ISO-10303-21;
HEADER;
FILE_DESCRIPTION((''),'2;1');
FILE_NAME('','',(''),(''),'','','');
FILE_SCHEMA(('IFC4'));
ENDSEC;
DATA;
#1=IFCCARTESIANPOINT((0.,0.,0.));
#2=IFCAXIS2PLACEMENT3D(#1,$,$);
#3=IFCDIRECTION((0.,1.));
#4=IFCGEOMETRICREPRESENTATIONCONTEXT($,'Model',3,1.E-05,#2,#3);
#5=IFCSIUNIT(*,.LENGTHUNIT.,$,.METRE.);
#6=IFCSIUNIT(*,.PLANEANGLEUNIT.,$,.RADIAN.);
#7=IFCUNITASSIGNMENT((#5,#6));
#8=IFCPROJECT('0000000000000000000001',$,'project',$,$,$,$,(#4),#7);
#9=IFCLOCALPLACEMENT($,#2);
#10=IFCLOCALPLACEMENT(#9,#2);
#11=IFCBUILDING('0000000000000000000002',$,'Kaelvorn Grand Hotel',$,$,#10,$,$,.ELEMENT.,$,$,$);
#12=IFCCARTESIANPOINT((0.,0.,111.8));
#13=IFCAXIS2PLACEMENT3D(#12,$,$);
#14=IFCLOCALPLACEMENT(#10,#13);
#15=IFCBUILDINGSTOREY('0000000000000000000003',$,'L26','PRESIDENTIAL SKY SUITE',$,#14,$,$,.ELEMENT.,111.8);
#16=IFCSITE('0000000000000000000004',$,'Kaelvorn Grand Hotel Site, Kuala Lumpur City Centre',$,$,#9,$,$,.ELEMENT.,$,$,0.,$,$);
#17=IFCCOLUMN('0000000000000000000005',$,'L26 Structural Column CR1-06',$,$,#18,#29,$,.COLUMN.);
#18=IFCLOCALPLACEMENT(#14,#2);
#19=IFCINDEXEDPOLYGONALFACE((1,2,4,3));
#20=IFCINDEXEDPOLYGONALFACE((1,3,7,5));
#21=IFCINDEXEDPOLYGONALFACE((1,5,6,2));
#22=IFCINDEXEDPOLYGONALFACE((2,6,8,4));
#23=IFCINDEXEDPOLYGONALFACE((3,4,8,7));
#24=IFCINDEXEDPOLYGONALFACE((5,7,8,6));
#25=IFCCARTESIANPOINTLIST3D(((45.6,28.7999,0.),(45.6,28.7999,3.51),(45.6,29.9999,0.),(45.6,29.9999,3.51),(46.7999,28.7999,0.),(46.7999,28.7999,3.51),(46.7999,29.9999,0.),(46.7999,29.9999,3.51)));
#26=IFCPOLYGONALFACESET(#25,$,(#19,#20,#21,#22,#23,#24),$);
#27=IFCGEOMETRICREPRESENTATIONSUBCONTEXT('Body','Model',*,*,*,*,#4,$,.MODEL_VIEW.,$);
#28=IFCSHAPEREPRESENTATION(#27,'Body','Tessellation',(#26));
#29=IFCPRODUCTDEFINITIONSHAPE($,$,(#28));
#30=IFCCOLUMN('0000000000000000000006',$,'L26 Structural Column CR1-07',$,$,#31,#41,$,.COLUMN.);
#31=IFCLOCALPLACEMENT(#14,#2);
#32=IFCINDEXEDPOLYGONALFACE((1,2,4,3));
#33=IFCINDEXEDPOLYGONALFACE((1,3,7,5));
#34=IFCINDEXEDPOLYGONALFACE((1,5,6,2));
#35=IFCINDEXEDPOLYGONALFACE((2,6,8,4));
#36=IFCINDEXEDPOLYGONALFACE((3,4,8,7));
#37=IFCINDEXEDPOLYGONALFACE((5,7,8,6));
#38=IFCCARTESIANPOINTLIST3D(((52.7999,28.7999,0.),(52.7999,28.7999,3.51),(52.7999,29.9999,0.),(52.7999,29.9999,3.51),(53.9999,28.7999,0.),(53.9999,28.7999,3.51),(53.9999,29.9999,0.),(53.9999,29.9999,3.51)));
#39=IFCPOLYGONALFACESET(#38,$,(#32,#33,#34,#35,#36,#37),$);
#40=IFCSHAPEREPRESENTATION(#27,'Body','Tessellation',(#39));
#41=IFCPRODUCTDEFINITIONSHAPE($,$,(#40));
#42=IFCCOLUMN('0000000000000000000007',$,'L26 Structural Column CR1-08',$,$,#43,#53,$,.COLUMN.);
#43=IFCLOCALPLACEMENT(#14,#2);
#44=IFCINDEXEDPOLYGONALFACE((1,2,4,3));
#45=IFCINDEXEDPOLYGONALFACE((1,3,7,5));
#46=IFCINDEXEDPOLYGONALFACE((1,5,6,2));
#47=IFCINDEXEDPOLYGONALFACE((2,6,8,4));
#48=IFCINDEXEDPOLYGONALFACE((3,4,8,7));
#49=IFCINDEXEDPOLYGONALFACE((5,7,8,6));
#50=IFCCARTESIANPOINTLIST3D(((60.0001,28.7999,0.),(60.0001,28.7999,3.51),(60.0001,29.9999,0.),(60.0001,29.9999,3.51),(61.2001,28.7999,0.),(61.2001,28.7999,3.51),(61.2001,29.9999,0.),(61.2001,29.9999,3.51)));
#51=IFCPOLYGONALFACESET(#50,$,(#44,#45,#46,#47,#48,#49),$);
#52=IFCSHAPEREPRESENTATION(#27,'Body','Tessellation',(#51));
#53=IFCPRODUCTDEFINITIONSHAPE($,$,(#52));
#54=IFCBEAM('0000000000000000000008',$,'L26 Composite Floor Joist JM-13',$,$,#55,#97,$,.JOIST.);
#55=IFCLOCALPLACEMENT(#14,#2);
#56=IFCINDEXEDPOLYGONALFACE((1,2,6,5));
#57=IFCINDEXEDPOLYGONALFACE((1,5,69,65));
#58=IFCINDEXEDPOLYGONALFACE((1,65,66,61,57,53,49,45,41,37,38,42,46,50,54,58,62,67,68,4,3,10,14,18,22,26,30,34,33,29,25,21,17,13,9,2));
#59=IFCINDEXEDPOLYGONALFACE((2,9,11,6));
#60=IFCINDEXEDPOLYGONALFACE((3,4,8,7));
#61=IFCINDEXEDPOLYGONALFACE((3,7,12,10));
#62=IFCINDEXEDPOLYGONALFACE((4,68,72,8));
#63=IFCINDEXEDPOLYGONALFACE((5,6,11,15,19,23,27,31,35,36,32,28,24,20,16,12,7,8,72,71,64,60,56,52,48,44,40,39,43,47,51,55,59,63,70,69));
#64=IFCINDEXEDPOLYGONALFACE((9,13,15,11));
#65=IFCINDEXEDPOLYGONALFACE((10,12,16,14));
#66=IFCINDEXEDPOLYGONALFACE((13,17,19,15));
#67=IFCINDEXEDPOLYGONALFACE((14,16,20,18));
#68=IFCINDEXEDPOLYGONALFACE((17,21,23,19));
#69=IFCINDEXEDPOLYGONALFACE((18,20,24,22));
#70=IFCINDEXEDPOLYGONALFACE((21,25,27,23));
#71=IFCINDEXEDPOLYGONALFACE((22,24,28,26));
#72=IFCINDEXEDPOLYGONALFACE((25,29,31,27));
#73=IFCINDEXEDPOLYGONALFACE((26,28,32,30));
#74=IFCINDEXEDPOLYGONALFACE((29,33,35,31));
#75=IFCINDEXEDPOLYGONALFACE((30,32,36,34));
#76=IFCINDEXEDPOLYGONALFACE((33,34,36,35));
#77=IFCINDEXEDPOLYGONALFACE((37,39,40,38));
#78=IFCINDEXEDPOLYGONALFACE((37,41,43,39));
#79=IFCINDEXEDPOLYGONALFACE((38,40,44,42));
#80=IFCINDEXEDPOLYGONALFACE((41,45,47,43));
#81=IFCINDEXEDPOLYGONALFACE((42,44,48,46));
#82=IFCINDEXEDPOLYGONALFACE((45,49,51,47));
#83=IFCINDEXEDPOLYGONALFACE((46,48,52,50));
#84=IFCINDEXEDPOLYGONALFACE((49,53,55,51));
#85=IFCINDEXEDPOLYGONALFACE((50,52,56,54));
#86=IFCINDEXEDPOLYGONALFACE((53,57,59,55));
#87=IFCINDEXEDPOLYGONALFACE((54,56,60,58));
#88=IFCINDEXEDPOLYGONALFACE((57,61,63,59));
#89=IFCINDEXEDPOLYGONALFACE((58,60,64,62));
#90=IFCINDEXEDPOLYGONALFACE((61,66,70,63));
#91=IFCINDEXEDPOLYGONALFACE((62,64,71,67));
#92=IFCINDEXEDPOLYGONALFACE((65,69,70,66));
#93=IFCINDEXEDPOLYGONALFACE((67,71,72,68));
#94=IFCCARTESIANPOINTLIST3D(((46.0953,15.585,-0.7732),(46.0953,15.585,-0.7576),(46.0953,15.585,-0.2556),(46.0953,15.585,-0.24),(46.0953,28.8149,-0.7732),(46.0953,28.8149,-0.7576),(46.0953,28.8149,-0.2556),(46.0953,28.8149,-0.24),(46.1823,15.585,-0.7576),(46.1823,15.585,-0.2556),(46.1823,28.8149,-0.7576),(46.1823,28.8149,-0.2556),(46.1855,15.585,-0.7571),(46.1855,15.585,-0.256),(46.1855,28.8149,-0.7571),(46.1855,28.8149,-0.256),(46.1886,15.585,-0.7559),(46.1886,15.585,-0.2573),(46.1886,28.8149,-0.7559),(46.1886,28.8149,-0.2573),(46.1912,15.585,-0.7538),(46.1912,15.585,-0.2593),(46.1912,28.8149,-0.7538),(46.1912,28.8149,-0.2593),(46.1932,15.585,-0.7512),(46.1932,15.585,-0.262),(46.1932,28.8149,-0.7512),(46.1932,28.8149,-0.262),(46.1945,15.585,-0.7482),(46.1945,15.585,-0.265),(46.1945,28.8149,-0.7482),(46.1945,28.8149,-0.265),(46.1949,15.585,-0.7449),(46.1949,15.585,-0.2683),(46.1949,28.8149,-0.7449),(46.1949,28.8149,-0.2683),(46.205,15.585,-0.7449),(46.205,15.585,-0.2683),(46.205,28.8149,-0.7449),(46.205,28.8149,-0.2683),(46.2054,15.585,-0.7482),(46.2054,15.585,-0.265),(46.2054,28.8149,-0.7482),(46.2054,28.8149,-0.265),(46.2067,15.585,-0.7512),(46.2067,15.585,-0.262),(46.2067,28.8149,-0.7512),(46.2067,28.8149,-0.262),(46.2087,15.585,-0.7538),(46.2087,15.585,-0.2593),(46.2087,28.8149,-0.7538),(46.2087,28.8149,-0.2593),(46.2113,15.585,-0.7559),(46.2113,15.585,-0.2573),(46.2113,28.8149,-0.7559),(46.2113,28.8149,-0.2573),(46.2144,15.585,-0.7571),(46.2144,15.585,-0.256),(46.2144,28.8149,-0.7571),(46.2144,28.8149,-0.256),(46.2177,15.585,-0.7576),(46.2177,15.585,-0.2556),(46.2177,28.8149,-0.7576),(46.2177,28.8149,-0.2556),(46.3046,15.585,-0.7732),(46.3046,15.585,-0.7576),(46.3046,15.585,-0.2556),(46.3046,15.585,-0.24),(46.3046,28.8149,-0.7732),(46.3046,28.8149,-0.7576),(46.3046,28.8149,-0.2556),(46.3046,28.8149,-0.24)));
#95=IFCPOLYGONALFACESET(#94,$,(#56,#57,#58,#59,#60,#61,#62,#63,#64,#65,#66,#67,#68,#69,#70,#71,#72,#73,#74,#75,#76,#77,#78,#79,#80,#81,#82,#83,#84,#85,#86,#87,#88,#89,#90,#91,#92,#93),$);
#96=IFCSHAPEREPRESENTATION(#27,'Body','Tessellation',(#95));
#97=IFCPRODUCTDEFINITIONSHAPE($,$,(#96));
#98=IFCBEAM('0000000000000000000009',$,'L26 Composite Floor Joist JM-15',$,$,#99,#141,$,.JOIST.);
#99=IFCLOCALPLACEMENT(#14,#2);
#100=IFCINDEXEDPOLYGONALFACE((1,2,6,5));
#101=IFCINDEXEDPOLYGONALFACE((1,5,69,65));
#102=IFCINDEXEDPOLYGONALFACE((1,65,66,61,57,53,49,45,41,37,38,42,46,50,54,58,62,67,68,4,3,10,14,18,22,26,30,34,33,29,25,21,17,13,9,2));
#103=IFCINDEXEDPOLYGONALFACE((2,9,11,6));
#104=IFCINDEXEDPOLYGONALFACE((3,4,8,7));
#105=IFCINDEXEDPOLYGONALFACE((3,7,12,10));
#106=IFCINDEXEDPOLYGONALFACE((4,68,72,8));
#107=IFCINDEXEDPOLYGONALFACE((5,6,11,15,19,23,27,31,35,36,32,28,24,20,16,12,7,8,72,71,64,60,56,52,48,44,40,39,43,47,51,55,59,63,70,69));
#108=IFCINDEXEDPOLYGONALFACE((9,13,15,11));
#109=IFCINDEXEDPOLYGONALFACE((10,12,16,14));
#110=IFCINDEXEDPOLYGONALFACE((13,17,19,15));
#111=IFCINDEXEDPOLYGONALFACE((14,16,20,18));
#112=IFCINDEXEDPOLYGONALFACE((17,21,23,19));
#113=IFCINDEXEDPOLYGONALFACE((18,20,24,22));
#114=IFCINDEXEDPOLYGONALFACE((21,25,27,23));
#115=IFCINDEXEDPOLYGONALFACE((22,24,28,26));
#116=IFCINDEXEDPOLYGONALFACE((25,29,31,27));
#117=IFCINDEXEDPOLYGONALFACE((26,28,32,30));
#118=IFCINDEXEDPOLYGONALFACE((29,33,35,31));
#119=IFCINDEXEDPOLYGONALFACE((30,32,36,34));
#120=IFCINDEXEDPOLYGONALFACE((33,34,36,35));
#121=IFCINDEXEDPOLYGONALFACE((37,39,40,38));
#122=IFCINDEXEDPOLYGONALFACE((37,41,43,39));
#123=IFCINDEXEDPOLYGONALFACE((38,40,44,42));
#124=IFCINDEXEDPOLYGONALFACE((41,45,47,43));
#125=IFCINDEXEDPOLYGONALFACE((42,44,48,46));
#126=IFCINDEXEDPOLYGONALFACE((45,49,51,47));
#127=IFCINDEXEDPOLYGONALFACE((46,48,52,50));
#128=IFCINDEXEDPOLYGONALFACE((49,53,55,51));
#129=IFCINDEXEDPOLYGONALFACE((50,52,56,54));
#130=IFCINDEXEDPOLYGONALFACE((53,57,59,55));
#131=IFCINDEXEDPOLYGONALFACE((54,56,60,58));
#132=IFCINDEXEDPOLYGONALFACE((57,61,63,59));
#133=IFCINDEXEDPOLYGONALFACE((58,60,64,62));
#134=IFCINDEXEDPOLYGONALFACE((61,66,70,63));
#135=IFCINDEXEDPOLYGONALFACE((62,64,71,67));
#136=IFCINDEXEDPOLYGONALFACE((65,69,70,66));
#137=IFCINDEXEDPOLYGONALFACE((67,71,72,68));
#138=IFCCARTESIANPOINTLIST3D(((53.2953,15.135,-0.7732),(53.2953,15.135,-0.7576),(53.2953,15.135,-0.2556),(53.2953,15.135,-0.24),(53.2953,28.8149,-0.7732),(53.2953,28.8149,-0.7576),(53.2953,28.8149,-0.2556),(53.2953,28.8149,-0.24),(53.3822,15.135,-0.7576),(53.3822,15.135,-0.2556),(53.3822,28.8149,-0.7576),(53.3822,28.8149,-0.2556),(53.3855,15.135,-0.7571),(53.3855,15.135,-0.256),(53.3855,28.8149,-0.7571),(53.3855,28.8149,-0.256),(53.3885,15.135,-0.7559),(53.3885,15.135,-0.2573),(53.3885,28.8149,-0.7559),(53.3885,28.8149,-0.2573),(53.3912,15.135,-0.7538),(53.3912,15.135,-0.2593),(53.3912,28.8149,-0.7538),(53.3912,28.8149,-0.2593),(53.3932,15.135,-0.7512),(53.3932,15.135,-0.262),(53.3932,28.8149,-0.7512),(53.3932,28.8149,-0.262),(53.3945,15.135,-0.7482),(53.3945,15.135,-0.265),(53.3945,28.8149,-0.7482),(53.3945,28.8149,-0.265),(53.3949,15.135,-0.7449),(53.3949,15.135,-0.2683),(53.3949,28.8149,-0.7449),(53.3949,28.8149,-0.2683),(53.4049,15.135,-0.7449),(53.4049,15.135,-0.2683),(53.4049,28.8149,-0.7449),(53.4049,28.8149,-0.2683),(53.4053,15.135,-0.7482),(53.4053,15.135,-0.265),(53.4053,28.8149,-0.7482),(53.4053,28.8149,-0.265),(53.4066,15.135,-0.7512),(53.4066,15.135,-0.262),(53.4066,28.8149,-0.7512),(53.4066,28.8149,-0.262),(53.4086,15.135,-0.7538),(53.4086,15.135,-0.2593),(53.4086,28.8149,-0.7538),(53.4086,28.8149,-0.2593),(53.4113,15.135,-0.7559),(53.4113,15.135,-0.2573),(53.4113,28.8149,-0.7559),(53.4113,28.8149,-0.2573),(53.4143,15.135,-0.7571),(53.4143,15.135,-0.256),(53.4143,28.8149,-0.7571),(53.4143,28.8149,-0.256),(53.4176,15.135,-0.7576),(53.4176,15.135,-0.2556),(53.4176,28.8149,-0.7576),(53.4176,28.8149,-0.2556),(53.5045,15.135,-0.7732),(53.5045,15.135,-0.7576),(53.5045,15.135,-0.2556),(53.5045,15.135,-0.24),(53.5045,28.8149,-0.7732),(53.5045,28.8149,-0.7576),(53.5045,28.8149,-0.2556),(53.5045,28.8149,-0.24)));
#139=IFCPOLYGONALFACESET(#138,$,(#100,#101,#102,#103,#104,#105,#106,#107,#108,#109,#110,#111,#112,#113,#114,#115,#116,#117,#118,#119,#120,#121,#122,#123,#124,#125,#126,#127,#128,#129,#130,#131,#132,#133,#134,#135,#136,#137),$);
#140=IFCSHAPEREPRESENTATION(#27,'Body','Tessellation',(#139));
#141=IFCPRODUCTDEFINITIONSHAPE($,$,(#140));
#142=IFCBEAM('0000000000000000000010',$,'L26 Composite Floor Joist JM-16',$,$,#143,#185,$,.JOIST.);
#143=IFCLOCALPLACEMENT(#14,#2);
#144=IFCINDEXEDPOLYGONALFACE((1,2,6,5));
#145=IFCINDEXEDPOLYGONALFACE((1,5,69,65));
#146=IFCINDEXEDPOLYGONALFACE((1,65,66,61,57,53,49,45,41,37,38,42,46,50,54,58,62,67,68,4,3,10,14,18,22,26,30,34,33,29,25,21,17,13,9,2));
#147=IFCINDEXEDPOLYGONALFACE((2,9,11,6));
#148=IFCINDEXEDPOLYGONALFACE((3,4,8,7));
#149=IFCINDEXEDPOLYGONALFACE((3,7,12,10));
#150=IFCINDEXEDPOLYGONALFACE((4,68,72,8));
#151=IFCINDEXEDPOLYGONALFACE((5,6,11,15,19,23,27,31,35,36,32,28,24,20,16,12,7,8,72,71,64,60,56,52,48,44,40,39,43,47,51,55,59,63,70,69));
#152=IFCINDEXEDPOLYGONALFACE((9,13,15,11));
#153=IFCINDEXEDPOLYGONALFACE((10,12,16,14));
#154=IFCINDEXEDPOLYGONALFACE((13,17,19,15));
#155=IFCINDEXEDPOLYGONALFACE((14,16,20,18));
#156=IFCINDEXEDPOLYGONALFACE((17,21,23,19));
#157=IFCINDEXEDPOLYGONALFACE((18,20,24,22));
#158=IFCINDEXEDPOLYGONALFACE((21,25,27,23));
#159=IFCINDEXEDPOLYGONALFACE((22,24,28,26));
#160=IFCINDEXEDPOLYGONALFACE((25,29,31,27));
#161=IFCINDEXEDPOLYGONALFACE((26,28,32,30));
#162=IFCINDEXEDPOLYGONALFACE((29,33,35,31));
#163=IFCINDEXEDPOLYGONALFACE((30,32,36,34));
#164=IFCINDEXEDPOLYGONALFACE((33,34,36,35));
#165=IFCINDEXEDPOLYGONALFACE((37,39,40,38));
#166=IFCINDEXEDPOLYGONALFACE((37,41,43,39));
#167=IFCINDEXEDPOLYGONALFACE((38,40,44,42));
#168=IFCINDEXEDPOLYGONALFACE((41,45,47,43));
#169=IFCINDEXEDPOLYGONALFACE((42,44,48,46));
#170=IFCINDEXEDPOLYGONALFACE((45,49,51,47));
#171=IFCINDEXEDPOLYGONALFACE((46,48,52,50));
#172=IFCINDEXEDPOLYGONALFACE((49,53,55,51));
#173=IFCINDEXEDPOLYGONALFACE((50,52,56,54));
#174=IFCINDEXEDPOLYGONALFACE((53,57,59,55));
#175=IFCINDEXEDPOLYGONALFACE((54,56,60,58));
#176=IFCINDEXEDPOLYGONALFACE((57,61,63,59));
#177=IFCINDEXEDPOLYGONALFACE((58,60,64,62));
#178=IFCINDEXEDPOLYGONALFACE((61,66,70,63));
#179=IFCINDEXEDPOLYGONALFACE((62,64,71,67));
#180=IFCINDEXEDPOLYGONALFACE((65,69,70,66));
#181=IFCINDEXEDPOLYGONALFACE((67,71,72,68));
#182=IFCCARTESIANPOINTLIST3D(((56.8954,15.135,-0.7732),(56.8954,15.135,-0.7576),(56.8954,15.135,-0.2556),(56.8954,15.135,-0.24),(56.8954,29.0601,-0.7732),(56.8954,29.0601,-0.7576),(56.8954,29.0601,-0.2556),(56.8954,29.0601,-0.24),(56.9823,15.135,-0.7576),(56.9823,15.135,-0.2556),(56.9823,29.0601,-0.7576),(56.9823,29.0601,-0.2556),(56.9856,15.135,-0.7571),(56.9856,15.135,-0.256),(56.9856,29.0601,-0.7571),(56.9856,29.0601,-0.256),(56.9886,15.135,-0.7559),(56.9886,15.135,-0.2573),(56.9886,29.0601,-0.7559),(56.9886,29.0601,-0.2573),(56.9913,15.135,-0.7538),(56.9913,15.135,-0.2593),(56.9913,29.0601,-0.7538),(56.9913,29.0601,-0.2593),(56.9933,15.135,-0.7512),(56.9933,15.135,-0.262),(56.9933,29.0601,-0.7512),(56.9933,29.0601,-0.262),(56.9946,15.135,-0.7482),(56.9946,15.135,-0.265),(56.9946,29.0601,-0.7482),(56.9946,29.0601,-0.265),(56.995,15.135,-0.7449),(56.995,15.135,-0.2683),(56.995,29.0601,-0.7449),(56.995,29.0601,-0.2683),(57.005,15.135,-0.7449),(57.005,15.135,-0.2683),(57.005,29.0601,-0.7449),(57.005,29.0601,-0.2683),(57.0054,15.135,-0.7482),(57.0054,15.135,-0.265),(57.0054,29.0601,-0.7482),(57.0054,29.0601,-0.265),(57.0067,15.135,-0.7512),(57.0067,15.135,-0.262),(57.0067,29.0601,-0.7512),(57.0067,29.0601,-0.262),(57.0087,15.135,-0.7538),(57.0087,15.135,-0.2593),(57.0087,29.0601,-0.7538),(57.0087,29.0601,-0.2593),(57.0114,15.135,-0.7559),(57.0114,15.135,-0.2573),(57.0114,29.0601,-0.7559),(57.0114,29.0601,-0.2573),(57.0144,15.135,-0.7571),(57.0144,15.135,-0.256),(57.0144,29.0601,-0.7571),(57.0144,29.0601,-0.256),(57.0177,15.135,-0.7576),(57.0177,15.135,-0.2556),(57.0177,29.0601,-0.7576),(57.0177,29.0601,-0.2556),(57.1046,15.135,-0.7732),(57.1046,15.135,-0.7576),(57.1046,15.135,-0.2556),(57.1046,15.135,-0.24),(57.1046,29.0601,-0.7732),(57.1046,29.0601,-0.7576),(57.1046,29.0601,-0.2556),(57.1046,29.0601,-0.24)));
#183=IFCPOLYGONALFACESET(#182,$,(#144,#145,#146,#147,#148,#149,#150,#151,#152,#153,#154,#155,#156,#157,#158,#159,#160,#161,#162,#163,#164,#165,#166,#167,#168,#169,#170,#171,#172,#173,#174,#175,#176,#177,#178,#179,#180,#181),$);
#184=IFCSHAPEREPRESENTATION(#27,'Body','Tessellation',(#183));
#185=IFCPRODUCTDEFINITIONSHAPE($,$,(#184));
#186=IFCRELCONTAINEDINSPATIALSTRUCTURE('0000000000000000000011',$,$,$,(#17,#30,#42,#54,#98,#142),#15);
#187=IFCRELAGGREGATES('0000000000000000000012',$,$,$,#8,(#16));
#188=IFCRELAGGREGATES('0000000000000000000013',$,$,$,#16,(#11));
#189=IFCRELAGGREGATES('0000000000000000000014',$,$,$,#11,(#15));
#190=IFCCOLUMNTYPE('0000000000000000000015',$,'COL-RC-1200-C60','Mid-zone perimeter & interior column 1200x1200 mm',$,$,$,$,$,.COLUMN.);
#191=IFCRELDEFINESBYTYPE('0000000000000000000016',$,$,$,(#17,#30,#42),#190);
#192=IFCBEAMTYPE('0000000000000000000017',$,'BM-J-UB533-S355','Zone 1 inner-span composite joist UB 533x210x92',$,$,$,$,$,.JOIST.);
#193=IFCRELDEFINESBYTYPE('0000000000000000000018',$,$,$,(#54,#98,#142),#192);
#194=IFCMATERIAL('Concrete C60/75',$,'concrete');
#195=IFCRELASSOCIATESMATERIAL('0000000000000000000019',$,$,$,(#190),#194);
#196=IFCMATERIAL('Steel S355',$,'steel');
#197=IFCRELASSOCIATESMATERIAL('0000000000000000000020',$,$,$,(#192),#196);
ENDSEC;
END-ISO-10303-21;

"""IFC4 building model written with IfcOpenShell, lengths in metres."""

from ifc_helpers import new_model, si_unit, direction, frame, origin, origin_2d, place, context, subcontext, project, spatial, rectangle, i_section, extrude, material, material_profile, profile_set, type_object, element, save


model = new_model("IFC4")

# Units and contexts
model_context = context("Model", 3, precision=1e-05, world=origin(), true_north=direction((0.0, 1.0)))
body_context = subcontext(model_context, "Body", "Model", "MODEL_VIEW")
ifc_project = project(units=[si_unit("LENGTHUNIT", "METRE"), si_unit("PLANEANGLEUNIT", "RADIAN")], contexts=[model_context])

# Site, building, storey
site_placement = place(None, origin())
site = spatial("IfcSite", under=ifc_project, at=site_placement, Name="Kaelvorn Grand Hotel Site, Kuala Lumpur City Centre", CompositionType="ELEMENT", RefElevation=0.0)
building_placement = place(site_placement, origin())
building = spatial("IfcBuilding", under=site, at=building_placement, Name="Kaelvorn Grand Hotel", CompositionType="ELEMENT")
storey_placement = place(building_placement, frame((0.0, 0.0, 111.8)))
storey = spatial("IfcBuildingStorey", under=building, at=storey_placement, Name="L26", Description="PRESIDENTIAL SKY SUITE", CompositionType="ELEMENT", Elevation=111.8)

# Columns
ifc_material_1 = material(Name="Concrete C60/75", Category="concrete")
ifc_material_profile_1 = material_profile(ifc_material_1, rectangle(XDim=1.2, YDim=1.2, at=origin_2d()), Name="RC COL 1200x1200")
ifc_profile_set_1 = profile_set([ifc_material_profile_1], Name="Concrete C60/75")
column_type = type_object("IfcColumnType", Name="COL-RC-1200-C60", Description="Mid-zone perimeter & interior column 1200x1200 mm", PredefinedType="COLUMN", material=ifc_profile_set_1)
for number, where, z_axis, x_axis, name in (
    (1, (46.2, 29.3999, 0.0), (0.0, 0.0, 1.0), (1.0, 0.0, 0.0), "L26 Structural Column CR1-06"),
    (2, (53.3999, 29.3999, 0.0), (0.0, 0.0, 1.0), (1.0, 0.0, 0.0), "L26 Structural Column CR1-07"),
    (3, (60.6001, 29.3999, 0.0), (0.0, 0.0, 1.0), (1.0, 0.0, 0.0), "L26 Structural Column CR1-08"),
):
    element("IfcColumn", number, at=place(storey_placement, frame(where, z_axis=z_axis, x_axis=x_axis)), inside=storey, type_object=column_type, Name=name, PredefinedType="COLUMN", context=body_context, shape_type="SweptSolid", body=[
        extrude(rectangle(XDim=1.2, YDim=1.2, at=origin_2d()), origin(), (0.0, 0.0, 1.0), 3.51),
    ])

# Beams
ifc_material_2 = material(Name="Steel S355", Category="steel")
ifc_material_profile_2 = material_profile(ifc_material_2, i_section(OverallWidth=0.2092, OverallDepth=0.5332, WebThickness=0.01, FlangeThickness=0.0156, FilletRadius=0.0127, at=origin_2d()), Name="UB 533x210x92")
ifc_profile_set_2 = profile_set([ifc_material_profile_2], Name="Steel S355")
beam_type_1 = type_object("IfcBeamType", Name="BM-J-UB533-S355", Description="Zone 1 inner-span composite joist UB 533x210x92", PredefinedType="JOIST", material=ifc_profile_set_2)
beam_1_placement = place(storey_placement, frame((46.2, 15.585, -0.5066), z_axis=(0.0, 1.0, 0.0), x_axis=(-1.0, 0.0, 0.0)))
element("IfcBeam", 4, at=beam_1_placement, inside=storey, type_object=beam_type_1, Name="L26 Composite Floor Joist JM-13", PredefinedType="JOIST", context=body_context, shape_type="SweptSolid", body=[
    extrude(i_section(OverallWidth=0.2092, OverallDepth=0.5332, WebThickness=0.01, FlangeThickness=0.0156, FilletRadius=0.0127, at=origin_2d()), origin(), (0.0, 0.0, 1.0), 13.23),
])
beam_2_placement = place(storey_placement, frame((53.3999, 15.135, -0.5066), z_axis=(0.0, 1.0, 0.0), x_axis=(-1.0, 0.0, 0.0)))
element("IfcBeam", 5, at=beam_2_placement, inside=storey, type_object=beam_type_1, Name="L26 Composite Floor Joist JM-15", PredefinedType="JOIST", context=body_context, shape_type="SweptSolid", body=[
    extrude(i_section(OverallWidth=0.2092, OverallDepth=0.5332, WebThickness=0.01, FlangeThickness=0.0156, FilletRadius=0.0127, at=origin_2d()), origin(), (0.0, 0.0, 1.0), 13.6799),
])
beam_3_placement = place(storey_placement, frame((57.0, 15.135, -0.5066), z_axis=(0.0, 1.0, 0.0), x_axis=(-1.0, 0.0, 0.0)))
element("IfcBeam", 6, at=beam_3_placement, inside=storey, type_object=beam_type_1, Name="L26 Composite Floor Joist JM-16", PredefinedType="JOIST", context=body_context, shape_type="SweptSolid", body=[
    extrude(i_section(OverallWidth=0.2092, OverallDepth=0.5332, WebThickness=0.01, FlangeThickness=0.0156, FilletRadius=0.0127, at=origin_2d()), origin(), (0.0, 0.0, 1.0), 13.925),
])

save(model, "model.ifc")
